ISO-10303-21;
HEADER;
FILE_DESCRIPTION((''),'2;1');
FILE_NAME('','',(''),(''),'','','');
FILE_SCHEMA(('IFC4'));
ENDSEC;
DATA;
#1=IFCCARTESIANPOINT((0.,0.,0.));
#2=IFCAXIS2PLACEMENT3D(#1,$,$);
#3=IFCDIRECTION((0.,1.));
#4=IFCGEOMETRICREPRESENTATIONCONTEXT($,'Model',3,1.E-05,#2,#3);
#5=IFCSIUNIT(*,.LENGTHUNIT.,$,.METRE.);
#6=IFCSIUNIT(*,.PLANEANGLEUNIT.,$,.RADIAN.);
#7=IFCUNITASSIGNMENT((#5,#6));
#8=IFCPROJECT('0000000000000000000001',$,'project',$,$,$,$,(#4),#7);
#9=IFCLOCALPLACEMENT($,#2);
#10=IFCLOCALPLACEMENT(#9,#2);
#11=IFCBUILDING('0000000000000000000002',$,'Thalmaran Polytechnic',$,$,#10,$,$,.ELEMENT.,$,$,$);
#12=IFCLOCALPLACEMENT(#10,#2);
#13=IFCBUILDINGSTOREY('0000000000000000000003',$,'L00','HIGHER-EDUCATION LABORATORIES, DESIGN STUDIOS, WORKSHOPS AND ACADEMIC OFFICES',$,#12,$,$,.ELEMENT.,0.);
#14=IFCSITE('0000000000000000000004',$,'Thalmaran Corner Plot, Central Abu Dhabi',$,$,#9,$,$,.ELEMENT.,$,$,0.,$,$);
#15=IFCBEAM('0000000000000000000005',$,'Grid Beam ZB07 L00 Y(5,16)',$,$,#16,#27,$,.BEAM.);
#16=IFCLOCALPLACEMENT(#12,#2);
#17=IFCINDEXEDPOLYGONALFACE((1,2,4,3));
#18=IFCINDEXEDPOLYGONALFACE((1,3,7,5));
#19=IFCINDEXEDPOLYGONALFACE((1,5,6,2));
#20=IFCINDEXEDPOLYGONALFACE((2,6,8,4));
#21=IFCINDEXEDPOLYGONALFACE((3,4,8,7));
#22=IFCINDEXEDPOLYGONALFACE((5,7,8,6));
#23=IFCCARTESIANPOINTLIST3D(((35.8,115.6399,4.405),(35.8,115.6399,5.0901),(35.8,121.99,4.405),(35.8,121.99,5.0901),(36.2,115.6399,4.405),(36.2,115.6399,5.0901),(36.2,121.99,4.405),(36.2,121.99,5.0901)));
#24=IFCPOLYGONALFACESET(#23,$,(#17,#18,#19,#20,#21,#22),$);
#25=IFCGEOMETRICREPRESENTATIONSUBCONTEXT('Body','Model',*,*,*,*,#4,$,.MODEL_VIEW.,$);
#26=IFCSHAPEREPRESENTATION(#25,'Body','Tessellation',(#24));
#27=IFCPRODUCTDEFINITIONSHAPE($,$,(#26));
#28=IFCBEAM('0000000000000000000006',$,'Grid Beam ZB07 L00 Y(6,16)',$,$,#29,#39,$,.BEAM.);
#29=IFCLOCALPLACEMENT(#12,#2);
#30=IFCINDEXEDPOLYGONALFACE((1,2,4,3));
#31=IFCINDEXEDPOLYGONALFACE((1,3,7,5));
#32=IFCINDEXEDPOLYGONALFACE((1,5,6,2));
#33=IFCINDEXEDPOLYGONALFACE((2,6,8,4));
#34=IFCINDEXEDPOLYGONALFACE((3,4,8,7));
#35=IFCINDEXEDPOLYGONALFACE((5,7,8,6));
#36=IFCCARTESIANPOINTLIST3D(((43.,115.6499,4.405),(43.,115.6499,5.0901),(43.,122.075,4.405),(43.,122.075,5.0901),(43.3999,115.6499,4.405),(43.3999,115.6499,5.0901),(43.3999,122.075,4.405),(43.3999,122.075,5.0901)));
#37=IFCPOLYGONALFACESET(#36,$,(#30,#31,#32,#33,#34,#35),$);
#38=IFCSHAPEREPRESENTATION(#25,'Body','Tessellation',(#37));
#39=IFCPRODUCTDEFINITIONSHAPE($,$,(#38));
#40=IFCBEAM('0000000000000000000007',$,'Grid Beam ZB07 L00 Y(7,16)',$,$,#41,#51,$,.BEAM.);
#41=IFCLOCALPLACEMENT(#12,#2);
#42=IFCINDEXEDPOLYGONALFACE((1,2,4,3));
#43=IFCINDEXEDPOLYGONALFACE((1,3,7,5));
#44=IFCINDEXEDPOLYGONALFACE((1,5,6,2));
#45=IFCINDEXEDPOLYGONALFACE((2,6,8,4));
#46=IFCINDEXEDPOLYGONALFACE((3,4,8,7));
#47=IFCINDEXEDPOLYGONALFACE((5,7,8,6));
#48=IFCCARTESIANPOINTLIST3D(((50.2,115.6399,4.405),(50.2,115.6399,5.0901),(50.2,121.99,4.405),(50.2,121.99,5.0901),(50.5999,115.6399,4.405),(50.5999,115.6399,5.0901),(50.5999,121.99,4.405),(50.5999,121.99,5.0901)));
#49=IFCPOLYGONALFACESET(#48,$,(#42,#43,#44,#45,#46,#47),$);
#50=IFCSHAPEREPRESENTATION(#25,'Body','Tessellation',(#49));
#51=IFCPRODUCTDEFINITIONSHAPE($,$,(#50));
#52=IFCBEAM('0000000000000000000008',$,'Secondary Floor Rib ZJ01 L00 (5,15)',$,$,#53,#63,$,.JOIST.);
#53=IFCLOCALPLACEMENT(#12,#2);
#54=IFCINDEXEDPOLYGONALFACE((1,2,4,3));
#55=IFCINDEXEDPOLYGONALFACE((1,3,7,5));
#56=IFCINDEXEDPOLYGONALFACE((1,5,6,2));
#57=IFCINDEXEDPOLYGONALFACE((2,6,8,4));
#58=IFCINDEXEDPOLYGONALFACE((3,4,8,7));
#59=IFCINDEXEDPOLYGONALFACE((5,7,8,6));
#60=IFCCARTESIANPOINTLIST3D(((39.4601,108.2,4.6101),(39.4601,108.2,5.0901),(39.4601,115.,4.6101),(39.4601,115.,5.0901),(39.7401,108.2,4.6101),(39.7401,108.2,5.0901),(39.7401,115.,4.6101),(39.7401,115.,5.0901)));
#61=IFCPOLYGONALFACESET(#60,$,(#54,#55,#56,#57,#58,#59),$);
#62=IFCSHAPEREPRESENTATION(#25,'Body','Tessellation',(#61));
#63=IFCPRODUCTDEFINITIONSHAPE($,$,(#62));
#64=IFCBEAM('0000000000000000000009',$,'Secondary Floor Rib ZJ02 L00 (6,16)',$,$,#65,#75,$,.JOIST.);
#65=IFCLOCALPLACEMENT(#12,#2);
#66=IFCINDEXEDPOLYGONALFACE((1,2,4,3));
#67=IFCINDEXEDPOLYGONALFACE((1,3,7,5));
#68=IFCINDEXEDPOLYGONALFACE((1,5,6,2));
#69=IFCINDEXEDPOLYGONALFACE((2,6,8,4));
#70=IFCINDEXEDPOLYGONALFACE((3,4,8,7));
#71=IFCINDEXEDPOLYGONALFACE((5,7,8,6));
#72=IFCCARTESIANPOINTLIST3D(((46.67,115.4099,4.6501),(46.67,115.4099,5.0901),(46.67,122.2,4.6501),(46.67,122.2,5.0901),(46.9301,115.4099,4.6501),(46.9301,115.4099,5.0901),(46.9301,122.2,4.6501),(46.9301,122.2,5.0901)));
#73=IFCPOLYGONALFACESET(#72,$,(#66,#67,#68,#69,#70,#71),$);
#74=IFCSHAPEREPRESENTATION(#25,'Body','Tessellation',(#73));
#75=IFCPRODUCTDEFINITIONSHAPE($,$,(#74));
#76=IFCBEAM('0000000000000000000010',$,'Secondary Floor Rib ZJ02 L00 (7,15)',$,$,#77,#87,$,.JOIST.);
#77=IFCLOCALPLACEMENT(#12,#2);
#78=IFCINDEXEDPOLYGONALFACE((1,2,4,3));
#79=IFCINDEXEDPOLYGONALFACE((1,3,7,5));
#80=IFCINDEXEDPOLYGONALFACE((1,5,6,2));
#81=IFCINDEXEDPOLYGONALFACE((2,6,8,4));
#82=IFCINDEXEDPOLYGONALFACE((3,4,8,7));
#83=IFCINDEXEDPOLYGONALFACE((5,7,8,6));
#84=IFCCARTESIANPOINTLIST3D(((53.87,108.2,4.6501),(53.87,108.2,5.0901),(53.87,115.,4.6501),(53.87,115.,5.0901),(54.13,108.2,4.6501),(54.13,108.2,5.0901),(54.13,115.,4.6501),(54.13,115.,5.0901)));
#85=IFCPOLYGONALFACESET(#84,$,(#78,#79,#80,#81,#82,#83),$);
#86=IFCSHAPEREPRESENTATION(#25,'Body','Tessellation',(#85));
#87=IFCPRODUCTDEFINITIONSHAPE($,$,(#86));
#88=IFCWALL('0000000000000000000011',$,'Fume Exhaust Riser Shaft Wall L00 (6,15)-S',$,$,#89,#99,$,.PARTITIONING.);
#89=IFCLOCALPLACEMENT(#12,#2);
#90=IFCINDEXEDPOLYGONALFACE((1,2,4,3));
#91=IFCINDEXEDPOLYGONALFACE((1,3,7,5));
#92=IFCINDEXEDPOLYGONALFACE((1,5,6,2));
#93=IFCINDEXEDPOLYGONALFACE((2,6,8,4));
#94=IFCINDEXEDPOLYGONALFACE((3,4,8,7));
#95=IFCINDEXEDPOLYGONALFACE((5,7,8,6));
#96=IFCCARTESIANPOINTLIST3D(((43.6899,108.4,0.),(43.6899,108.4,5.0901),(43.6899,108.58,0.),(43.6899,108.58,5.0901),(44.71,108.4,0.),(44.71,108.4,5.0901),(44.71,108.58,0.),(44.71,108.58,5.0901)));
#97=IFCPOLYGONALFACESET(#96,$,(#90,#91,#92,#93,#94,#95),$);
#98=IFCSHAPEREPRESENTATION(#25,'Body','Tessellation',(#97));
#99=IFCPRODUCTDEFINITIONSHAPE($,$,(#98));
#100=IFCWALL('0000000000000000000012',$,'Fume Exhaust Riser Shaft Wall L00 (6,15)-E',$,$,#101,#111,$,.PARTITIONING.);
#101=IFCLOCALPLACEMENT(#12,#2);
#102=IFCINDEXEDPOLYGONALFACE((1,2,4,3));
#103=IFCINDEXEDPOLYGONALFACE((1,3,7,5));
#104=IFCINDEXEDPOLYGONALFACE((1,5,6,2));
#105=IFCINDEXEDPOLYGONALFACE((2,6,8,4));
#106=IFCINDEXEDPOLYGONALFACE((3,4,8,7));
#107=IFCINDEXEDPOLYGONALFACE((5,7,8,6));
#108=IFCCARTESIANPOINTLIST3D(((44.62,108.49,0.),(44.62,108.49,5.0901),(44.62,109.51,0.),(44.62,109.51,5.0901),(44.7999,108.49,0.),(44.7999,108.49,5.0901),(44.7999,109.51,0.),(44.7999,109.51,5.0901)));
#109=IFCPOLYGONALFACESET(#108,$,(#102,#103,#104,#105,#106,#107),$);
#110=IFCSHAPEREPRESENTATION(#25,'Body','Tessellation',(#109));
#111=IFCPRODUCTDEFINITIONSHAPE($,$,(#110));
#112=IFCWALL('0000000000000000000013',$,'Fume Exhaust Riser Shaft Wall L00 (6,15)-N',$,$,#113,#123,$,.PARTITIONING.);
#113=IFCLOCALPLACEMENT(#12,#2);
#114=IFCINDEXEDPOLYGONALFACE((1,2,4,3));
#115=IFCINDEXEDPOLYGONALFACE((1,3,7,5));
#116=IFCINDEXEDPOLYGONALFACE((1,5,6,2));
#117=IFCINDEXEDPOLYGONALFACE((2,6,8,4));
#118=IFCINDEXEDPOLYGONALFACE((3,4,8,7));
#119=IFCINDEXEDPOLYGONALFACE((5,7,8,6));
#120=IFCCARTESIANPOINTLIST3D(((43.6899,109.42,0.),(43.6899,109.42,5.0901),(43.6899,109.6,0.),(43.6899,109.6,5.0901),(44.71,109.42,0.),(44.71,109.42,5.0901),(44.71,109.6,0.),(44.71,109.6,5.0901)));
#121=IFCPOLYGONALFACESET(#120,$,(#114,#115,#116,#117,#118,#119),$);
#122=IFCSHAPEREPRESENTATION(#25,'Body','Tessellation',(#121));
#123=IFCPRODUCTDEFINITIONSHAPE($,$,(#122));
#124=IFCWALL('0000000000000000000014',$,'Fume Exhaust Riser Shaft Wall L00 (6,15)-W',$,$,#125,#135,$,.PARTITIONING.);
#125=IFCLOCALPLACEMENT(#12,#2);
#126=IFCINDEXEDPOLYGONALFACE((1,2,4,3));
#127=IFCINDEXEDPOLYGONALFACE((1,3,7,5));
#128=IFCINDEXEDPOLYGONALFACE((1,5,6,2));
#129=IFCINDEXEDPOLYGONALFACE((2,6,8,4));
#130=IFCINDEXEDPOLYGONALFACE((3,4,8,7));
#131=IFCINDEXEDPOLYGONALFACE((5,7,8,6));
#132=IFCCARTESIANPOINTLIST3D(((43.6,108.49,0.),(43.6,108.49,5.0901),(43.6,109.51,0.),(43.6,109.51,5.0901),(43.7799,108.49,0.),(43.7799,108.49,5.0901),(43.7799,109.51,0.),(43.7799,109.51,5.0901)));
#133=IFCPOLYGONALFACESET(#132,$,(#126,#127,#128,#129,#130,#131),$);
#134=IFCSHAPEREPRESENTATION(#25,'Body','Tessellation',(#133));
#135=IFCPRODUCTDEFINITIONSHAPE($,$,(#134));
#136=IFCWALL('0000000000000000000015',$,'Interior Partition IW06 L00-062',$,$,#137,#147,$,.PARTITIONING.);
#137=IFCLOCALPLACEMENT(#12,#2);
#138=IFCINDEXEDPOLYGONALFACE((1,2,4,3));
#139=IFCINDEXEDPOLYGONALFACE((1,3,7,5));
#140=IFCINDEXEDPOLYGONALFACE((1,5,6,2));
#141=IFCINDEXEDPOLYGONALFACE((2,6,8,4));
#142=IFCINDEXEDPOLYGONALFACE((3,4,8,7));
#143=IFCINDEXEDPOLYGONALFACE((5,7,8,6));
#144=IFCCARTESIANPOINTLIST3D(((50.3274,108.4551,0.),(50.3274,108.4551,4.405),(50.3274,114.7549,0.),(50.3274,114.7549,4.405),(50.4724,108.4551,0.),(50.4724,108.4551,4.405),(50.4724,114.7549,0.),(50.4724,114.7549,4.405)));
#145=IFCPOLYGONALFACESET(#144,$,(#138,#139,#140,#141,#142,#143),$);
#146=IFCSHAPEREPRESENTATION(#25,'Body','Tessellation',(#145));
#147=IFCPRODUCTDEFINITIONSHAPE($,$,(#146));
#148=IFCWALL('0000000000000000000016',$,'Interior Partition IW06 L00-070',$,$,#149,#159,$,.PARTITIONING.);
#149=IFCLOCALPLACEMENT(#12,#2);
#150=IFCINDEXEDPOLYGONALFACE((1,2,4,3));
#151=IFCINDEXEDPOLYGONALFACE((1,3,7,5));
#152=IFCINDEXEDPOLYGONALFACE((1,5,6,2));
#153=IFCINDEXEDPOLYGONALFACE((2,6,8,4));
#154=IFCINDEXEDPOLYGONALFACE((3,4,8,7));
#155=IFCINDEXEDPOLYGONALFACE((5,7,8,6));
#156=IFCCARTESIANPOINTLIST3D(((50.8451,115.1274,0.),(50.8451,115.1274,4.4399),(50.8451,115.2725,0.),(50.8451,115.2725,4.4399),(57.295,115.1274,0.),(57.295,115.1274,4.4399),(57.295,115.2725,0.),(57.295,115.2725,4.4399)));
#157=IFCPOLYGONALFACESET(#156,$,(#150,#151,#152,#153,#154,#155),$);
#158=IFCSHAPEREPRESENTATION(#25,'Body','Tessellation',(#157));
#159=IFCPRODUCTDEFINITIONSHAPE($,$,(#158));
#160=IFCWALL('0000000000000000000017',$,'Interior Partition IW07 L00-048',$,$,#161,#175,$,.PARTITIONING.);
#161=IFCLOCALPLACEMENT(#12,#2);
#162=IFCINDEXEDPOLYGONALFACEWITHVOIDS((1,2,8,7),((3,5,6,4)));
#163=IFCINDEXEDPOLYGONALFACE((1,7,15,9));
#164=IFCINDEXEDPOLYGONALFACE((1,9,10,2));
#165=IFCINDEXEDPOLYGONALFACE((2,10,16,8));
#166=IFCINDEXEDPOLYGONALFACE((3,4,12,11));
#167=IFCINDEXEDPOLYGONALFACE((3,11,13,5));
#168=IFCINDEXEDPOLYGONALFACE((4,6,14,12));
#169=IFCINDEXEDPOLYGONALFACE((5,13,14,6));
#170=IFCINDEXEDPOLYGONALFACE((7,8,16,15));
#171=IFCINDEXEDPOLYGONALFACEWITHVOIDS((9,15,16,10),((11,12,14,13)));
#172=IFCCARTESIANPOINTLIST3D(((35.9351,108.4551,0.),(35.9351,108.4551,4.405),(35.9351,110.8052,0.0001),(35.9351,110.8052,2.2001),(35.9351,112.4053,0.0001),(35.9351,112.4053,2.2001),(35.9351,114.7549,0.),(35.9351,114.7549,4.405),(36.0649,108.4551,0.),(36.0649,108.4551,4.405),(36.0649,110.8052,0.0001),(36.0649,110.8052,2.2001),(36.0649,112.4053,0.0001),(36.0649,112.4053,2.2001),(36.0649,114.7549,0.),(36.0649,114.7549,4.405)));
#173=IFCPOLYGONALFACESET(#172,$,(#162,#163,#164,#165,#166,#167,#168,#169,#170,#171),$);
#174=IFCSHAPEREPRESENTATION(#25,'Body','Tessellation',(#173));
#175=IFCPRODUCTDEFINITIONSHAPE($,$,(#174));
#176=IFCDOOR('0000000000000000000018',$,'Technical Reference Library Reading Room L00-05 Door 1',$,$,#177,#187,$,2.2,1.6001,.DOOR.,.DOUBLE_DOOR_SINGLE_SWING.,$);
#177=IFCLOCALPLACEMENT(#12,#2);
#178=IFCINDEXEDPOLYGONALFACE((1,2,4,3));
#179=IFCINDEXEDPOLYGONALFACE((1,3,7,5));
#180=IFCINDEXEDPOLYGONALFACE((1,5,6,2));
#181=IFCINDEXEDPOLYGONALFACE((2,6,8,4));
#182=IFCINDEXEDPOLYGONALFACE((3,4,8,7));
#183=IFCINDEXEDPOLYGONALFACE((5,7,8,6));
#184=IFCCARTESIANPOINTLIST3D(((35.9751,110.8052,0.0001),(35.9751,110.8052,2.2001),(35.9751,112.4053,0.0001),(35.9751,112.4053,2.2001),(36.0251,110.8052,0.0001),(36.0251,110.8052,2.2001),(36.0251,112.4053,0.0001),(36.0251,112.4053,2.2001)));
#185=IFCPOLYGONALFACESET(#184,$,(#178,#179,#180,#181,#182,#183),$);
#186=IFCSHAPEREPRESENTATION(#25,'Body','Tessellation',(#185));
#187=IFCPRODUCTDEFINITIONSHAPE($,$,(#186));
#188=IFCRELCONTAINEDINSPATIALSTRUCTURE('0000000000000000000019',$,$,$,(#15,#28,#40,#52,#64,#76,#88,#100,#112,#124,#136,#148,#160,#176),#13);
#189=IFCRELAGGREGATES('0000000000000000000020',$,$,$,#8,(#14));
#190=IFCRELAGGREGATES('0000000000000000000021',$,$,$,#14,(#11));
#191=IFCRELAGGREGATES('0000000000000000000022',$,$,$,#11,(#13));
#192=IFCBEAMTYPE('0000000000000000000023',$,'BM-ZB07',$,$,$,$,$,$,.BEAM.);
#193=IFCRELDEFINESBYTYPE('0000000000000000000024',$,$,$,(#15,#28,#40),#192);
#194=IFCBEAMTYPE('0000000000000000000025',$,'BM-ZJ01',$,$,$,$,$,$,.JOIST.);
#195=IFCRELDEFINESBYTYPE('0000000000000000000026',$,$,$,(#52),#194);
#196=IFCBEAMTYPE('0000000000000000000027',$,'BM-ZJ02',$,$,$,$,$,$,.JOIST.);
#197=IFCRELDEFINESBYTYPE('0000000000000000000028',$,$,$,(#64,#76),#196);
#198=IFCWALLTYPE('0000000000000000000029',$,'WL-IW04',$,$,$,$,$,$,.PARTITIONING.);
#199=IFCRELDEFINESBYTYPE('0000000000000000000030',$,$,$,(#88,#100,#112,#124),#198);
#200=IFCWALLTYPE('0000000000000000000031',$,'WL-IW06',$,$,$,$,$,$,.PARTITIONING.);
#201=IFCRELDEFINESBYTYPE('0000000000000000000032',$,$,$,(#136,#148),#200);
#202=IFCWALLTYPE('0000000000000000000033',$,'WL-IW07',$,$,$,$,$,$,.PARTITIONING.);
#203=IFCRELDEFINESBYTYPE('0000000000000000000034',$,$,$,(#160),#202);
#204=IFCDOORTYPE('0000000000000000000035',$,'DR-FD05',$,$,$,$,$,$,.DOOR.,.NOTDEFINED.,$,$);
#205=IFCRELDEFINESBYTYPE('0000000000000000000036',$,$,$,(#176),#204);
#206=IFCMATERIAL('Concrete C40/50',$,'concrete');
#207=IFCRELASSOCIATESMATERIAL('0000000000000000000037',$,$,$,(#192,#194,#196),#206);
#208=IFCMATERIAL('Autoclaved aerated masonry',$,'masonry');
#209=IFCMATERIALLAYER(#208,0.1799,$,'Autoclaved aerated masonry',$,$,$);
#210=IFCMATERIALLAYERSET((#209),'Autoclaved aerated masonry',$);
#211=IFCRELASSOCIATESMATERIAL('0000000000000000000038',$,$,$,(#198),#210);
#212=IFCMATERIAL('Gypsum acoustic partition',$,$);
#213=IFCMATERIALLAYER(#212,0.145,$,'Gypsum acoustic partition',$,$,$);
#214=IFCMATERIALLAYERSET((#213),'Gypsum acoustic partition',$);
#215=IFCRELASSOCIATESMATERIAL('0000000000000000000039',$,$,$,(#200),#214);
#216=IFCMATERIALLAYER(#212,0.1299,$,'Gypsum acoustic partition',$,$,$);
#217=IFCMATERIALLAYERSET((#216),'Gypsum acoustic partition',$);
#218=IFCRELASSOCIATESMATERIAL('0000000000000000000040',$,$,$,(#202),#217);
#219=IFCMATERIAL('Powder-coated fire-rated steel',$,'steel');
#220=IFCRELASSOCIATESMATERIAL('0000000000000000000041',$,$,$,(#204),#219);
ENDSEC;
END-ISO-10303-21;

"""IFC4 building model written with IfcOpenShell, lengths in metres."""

from ifc_helpers import new_model, si_unit, direction, frame, frame_2d, origin, origin_2d, place, context, subcontext, project, spatial, rectangle, extrude, material, layer, layer_set, material_profile, profile_set, type_object, element, fill, save


model = new_model("IFC4")

# Units and contexts
model_context = context("Model", 3, precision=1e-05, world=origin(), true_north=direction((0.0, 1.0)))
body_context = subcontext(model_context, "Body", "Model", "MODEL_VIEW")
ifc_project = project(units=[si_unit("LENGTHUNIT", "METRE"), si_unit("PLANEANGLEUNIT", "RADIAN")], contexts=[model_context])

# Site, building, storey
site_placement = place(None, origin())
site = spatial("IfcSite", under=ifc_project, at=site_placement, Name="Thalmaran Corner Plot, Central Abu Dhabi", CompositionType="ELEMENT", RefElevation=0.0)
building_placement = place(site_placement, origin())
building = spatial("IfcBuilding", under=site, at=building_placement, Name="Thalmaran Polytechnic", CompositionType="ELEMENT")
storey_placement = place(building_placement, origin())
storey = spatial("IfcBuildingStorey", under=building, at=storey_placement, Name="L00", Description="HIGHER-EDUCATION LABORATORIES, DESIGN STUDIOS, WORKSHOPS AND ACADEMIC OFFICES", CompositionType="ELEMENT", Elevation=0.0)

# Beams
ifc_material_1 = material(Name="Concrete C40/50", Category="concrete")
ifc_material_profile_1 = material_profile(ifc_material_1, rectangle(XDim=0.3999, YDim=0.6851, at=origin_2d()), Name="RC 400x685")
ifc_profile_set_1 = profile_set([ifc_material_profile_1], Name="Concrete C40/50")
beam_type_1 = type_object("IfcBeamType", Name="BM-ZB07", PredefinedType="BEAM", material=ifc_profile_set_1)
beam_1_placement = place(storey_placement, frame((36.0, 115.6399, 4.7476), z_axis=(0.0, 1.0, 0.0), x_axis=(-1.0, 0.0, 0.0)))
element("IfcBeam", 1, at=beam_1_placement, inside=storey, type_object=beam_type_1, Name="Grid Beam ZB07 L00 Y(5,16)", PredefinedType="BEAM", context=body_context, shape_type="SweptSolid", body=[
    extrude(rectangle(XDim=0.3999, YDim=0.6851, at=origin_2d()), origin(), (0.0, 0.0, 1.0), 6.3501),
])
beam_2_placement = place(storey_placement, frame((43.2, 115.6499, 4.7476), z_axis=(0.0, 1.0, 0.0), x_axis=(-1.0, 0.0, 0.0)))
element("IfcBeam", 2, at=beam_2_placement, inside=storey, type_object=beam_type_1, Name="Grid Beam ZB07 L00 Y(6,16)", PredefinedType="BEAM", context=body_context, shape_type="SweptSolid", body=[
    extrude(rectangle(XDim=0.3999, YDim=0.6851, at=origin_2d()), origin(), (0.0, 0.0, 1.0), 6.425),
])
beam_3_placement = place(storey_placement, frame((50.3999, 115.6399, 4.7476), z_axis=(0.0, 1.0, 0.0), x_axis=(-1.0, 0.0, 0.0)))
element("IfcBeam", 3, at=beam_3_placement, inside=storey, type_object=beam_type_1, Name="Grid Beam ZB07 L00 Y(7,16)", PredefinedType="BEAM", context=body_context, shape_type="SweptSolid", body=[
    extrude(rectangle(XDim=0.3999, YDim=0.6851, at=origin_2d()), origin(), (0.0, 0.0, 1.0), 6.3501),
])
ifc_material_profile_2 = material_profile(ifc_material_1, rectangle(XDim=0.28, YDim=0.48, at=origin_2d()), Name="RC 280x480")
ifc_profile_set_2 = profile_set([ifc_material_profile_2], Name="Concrete C40/50")
beam_type_2 = type_object("IfcBeamType", Name="BM-ZJ01", PredefinedType="JOIST", material=ifc_profile_set_2)
beam_4_placement = place(storey_placement, frame((39.6001, 108.2, 4.8501), z_axis=(0.0, 1.0, 0.0), x_axis=(-1.0, 0.0, 0.0)))
element("IfcBeam", 4, at=beam_4_placement, inside=storey, type_object=beam_type_2, Name="Secondary Floor Rib ZJ01 L00 (5,15)", PredefinedType="JOIST", context=body_context, shape_type="SweptSolid", body=[
    extrude(rectangle(XDim=0.28, YDim=0.48, at=origin_2d()), origin(), (0.0, 0.0, 1.0), 6.8),
])
ifc_material_profile_3 = material_profile(ifc_material_1, rectangle(XDim=0.26, YDim=0.4399, at=origin_2d()), Name="RC 260x440")
ifc_profile_set_3 = profile_set([ifc_material_profile_3], Name="Concrete C40/50")
beam_type_3 = type_object("IfcBeamType", Name="BM-ZJ02", PredefinedType="JOIST", material=ifc_profile_set_3)
beam_5_placement = place(storey_placement, frame((46.8, 115.4099, 4.8701), z_axis=(0.0, 1.0, 0.0), x_axis=(-1.0, 0.0, 0.0)))
element("IfcBeam", 5, at=beam_5_placement, inside=storey, type_object=beam_type_3, Name="Secondary Floor Rib ZJ02 L00 (6,16)", PredefinedType="JOIST", context=body_context, shape_type="SweptSolid", body=[
    extrude(rectangle(XDim=0.26, YDim=0.4399, at=origin_2d()), origin(), (0.0, 0.0, 1.0), 6.79),
])
beam_6_placement = place(storey_placement, frame((54.0, 108.2, 4.8701), z_axis=(0.0, 1.0, 0.0), x_axis=(-1.0, 0.0, 0.0)))
element("IfcBeam", 6, at=beam_6_placement, inside=storey, type_object=beam_type_3, Name="Secondary Floor Rib ZJ02 L00 (7,15)", PredefinedType="JOIST", context=body_context, shape_type="SweptSolid", body=[
    extrude(rectangle(XDim=0.26, YDim=0.4399, at=origin_2d()), origin(), (0.0, 0.0, 1.0), 6.8),
])

# Walls
ifc_material_2 = material(Name="Autoclaved aerated masonry", Category="masonry")
ifc_layer_1 = layer(ifc_material_2, 0.1799, Name="Autoclaved aerated masonry")
ifc_layer_set_1 = layer_set([ifc_layer_1], Name="Autoclaved aerated masonry")
wall_type_1 = type_object("IfcWallType", Name="WL-IW04", PredefinedType="PARTITIONING", material=ifc_layer_set_1)
for number, where, z_axis, x_axis, name in (
    (7, (43.6899, 108.49, 0.0), (0.0, 0.0, 1.0), (1.0, 0.0, 0.0), "Fume Exhaust Riser Shaft Wall L00 (6,15)-S"),
    (8, (44.71, 108.49, 0.0), (0.0, 0.0, 1.0), (0.0, 1.0, 0.0), "Fume Exhaust Riser Shaft Wall L00 (6,15)-E"),
    (9, (44.71, 109.51, 0.0), (0.0, 0.0, 1.0), (-1.0, 0.0, 0.0), "Fume Exhaust Riser Shaft Wall L00 (6,15)-N"),
    (10, (43.6899, 109.51, 0.0), (0.0, 0.0, 1.0), (0.0, -1.0, 0.0), "Fume Exhaust Riser Shaft Wall L00 (6,15)-W"),
):
    element("IfcWall", number, at=place(storey_placement, frame(where, z_axis=z_axis, x_axis=x_axis)), inside=storey, type_object=wall_type_1, Name=name, PredefinedType="PARTITIONING", context=body_context, shape_type="SweptSolid", body=[
        extrude(rectangle(XDim=1.02, YDim=0.1799, at=frame_2d((0.51, 0.0))), origin(), (0.0, 0.0, 1.0), 5.0901),
    ])
ifc_material_3 = material(Name="Gypsum acoustic partition")
ifc_layer_2 = layer(ifc_material_3, 0.145, Name="Gypsum acoustic partition")
ifc_layer_set_2 = layer_set([ifc_layer_2], Name="Gypsum acoustic partition")
wall_type_2 = type_object("IfcWallType", Name="WL-IW06", PredefinedType="PARTITIONING", material=ifc_layer_set_2)
wall_1_placement = place(storey_placement, frame((50.3999, 108.4551, 0.0), z_axis=(0.0, 0.0, 1.0), x_axis=(0.0, 1.0, 0.0)))
element("IfcWall", 11, at=wall_1_placement, inside=storey, type_object=wall_type_2, Name="Interior Partition IW06 L00-062", PredefinedType="PARTITIONING", context=body_context, shape_type="SweptSolid", body=[
    extrude(rectangle(XDim=6.2998, YDim=0.145, at=frame_2d((3.1499, 0.0))), origin(), (0.0, 0.0, 1.0), 4.405),
])
wall_2_placement = place(storey_placement, frame((50.845, 115.2, 0.0), z_axis=(0.0, 0.0, 1.0), x_axis=(1.0, 0.0, 0.0)))
element("IfcWall", 12, at=wall_2_placement, inside=storey, type_object=wall_type_2, Name="Interior Partition IW06 L00-070", PredefinedType="PARTITIONING", context=body_context, shape_type="SweptSolid", body=[
    extrude(rectangle(XDim=6.45, YDim=0.145, at=frame_2d((3.2251, 0.0))), origin(), (0.0, 0.0, 1.0), 4.4399),
])

# Wall, opening, door
ifc_layer_3 = layer(ifc_material_3, 0.1299, Name="Gypsum acoustic partition")
ifc_layer_set_3 = layer_set([ifc_layer_3], Name="Gypsum acoustic partition")
wall_type_3 = type_object("IfcWallType", Name="WL-IW07", PredefinedType="PARTITIONING", material=ifc_layer_set_3)
wall_3_placement = place(storey_placement, frame((36.0, 108.4551, 0.0), z_axis=(0.0, 0.0, 1.0), x_axis=(0.0, 1.0, 0.0)))
wall_3 = element("IfcWall", 13, at=wall_3_placement, inside=storey, type_object=wall_type_3, Name="Interior Partition IW07 L00-048", PredefinedType="PARTITIONING", context=body_context, shape_type="SweptSolid", body=[
    extrude(rectangle(XDim=6.2998, YDim=0.1299, at=frame_2d((3.1499, 0.0))), origin(), (0.0, 0.0, 1.0), 4.405),
])
opening_placement = place(wall_3_placement, frame((2.3501, 0.0, 0.0)))
opening = element("IfcOpeningElement", 14, at=opening_placement, cuts=wall_3, PredefinedType="OPENING", context=body_context, shape_type="SweptSolid", body=[
    extrude(rectangle(XDim=1.6001, YDim=2.2, at=frame_2d((0.8, 1.1001))), frame((0.0, 0.075, 0.0), z_axis=(0.0, -1.0, 0.0), x_axis=(1.0, 0.0, 0.0)), (0.0, 0.0, 1.0), 0.1499),
])
ifc_material_4 = material(Name="Powder-coated fire-rated steel", Category="steel")
door_type = type_object("IfcDoorType", Name="DR-FD05", OperationType="NOTDEFINED", PredefinedType="DOOR", material=ifc_material_4)
door_placement = place(opening_placement, origin())
door = element("IfcDoor", 15, at=door_placement, inside=storey, type_object=door_type, Name="Technical Reference Library Reading Room L00-05 Door 1", OperationType="DOUBLE_DOOR_SINGLE_SWING", OverallHeight=2.2, OverallWidth=1.6001, PredefinedType="DOOR", context=body_context, shape_type="SweptSolid", body=[
    extrude(rectangle(XDim=1.6001, YDim=2.2, at=frame_2d((0.8, 1.1001))), frame((0.0, 0.0249, 0.0), z_axis=(0.0, -1.0, 0.0), x_axis=(1.0, 0.0, 0.0)), (0.0, 0.0, 1.0), 0.05),
])
fill(opening, door)

save(model, "model.ifc")
